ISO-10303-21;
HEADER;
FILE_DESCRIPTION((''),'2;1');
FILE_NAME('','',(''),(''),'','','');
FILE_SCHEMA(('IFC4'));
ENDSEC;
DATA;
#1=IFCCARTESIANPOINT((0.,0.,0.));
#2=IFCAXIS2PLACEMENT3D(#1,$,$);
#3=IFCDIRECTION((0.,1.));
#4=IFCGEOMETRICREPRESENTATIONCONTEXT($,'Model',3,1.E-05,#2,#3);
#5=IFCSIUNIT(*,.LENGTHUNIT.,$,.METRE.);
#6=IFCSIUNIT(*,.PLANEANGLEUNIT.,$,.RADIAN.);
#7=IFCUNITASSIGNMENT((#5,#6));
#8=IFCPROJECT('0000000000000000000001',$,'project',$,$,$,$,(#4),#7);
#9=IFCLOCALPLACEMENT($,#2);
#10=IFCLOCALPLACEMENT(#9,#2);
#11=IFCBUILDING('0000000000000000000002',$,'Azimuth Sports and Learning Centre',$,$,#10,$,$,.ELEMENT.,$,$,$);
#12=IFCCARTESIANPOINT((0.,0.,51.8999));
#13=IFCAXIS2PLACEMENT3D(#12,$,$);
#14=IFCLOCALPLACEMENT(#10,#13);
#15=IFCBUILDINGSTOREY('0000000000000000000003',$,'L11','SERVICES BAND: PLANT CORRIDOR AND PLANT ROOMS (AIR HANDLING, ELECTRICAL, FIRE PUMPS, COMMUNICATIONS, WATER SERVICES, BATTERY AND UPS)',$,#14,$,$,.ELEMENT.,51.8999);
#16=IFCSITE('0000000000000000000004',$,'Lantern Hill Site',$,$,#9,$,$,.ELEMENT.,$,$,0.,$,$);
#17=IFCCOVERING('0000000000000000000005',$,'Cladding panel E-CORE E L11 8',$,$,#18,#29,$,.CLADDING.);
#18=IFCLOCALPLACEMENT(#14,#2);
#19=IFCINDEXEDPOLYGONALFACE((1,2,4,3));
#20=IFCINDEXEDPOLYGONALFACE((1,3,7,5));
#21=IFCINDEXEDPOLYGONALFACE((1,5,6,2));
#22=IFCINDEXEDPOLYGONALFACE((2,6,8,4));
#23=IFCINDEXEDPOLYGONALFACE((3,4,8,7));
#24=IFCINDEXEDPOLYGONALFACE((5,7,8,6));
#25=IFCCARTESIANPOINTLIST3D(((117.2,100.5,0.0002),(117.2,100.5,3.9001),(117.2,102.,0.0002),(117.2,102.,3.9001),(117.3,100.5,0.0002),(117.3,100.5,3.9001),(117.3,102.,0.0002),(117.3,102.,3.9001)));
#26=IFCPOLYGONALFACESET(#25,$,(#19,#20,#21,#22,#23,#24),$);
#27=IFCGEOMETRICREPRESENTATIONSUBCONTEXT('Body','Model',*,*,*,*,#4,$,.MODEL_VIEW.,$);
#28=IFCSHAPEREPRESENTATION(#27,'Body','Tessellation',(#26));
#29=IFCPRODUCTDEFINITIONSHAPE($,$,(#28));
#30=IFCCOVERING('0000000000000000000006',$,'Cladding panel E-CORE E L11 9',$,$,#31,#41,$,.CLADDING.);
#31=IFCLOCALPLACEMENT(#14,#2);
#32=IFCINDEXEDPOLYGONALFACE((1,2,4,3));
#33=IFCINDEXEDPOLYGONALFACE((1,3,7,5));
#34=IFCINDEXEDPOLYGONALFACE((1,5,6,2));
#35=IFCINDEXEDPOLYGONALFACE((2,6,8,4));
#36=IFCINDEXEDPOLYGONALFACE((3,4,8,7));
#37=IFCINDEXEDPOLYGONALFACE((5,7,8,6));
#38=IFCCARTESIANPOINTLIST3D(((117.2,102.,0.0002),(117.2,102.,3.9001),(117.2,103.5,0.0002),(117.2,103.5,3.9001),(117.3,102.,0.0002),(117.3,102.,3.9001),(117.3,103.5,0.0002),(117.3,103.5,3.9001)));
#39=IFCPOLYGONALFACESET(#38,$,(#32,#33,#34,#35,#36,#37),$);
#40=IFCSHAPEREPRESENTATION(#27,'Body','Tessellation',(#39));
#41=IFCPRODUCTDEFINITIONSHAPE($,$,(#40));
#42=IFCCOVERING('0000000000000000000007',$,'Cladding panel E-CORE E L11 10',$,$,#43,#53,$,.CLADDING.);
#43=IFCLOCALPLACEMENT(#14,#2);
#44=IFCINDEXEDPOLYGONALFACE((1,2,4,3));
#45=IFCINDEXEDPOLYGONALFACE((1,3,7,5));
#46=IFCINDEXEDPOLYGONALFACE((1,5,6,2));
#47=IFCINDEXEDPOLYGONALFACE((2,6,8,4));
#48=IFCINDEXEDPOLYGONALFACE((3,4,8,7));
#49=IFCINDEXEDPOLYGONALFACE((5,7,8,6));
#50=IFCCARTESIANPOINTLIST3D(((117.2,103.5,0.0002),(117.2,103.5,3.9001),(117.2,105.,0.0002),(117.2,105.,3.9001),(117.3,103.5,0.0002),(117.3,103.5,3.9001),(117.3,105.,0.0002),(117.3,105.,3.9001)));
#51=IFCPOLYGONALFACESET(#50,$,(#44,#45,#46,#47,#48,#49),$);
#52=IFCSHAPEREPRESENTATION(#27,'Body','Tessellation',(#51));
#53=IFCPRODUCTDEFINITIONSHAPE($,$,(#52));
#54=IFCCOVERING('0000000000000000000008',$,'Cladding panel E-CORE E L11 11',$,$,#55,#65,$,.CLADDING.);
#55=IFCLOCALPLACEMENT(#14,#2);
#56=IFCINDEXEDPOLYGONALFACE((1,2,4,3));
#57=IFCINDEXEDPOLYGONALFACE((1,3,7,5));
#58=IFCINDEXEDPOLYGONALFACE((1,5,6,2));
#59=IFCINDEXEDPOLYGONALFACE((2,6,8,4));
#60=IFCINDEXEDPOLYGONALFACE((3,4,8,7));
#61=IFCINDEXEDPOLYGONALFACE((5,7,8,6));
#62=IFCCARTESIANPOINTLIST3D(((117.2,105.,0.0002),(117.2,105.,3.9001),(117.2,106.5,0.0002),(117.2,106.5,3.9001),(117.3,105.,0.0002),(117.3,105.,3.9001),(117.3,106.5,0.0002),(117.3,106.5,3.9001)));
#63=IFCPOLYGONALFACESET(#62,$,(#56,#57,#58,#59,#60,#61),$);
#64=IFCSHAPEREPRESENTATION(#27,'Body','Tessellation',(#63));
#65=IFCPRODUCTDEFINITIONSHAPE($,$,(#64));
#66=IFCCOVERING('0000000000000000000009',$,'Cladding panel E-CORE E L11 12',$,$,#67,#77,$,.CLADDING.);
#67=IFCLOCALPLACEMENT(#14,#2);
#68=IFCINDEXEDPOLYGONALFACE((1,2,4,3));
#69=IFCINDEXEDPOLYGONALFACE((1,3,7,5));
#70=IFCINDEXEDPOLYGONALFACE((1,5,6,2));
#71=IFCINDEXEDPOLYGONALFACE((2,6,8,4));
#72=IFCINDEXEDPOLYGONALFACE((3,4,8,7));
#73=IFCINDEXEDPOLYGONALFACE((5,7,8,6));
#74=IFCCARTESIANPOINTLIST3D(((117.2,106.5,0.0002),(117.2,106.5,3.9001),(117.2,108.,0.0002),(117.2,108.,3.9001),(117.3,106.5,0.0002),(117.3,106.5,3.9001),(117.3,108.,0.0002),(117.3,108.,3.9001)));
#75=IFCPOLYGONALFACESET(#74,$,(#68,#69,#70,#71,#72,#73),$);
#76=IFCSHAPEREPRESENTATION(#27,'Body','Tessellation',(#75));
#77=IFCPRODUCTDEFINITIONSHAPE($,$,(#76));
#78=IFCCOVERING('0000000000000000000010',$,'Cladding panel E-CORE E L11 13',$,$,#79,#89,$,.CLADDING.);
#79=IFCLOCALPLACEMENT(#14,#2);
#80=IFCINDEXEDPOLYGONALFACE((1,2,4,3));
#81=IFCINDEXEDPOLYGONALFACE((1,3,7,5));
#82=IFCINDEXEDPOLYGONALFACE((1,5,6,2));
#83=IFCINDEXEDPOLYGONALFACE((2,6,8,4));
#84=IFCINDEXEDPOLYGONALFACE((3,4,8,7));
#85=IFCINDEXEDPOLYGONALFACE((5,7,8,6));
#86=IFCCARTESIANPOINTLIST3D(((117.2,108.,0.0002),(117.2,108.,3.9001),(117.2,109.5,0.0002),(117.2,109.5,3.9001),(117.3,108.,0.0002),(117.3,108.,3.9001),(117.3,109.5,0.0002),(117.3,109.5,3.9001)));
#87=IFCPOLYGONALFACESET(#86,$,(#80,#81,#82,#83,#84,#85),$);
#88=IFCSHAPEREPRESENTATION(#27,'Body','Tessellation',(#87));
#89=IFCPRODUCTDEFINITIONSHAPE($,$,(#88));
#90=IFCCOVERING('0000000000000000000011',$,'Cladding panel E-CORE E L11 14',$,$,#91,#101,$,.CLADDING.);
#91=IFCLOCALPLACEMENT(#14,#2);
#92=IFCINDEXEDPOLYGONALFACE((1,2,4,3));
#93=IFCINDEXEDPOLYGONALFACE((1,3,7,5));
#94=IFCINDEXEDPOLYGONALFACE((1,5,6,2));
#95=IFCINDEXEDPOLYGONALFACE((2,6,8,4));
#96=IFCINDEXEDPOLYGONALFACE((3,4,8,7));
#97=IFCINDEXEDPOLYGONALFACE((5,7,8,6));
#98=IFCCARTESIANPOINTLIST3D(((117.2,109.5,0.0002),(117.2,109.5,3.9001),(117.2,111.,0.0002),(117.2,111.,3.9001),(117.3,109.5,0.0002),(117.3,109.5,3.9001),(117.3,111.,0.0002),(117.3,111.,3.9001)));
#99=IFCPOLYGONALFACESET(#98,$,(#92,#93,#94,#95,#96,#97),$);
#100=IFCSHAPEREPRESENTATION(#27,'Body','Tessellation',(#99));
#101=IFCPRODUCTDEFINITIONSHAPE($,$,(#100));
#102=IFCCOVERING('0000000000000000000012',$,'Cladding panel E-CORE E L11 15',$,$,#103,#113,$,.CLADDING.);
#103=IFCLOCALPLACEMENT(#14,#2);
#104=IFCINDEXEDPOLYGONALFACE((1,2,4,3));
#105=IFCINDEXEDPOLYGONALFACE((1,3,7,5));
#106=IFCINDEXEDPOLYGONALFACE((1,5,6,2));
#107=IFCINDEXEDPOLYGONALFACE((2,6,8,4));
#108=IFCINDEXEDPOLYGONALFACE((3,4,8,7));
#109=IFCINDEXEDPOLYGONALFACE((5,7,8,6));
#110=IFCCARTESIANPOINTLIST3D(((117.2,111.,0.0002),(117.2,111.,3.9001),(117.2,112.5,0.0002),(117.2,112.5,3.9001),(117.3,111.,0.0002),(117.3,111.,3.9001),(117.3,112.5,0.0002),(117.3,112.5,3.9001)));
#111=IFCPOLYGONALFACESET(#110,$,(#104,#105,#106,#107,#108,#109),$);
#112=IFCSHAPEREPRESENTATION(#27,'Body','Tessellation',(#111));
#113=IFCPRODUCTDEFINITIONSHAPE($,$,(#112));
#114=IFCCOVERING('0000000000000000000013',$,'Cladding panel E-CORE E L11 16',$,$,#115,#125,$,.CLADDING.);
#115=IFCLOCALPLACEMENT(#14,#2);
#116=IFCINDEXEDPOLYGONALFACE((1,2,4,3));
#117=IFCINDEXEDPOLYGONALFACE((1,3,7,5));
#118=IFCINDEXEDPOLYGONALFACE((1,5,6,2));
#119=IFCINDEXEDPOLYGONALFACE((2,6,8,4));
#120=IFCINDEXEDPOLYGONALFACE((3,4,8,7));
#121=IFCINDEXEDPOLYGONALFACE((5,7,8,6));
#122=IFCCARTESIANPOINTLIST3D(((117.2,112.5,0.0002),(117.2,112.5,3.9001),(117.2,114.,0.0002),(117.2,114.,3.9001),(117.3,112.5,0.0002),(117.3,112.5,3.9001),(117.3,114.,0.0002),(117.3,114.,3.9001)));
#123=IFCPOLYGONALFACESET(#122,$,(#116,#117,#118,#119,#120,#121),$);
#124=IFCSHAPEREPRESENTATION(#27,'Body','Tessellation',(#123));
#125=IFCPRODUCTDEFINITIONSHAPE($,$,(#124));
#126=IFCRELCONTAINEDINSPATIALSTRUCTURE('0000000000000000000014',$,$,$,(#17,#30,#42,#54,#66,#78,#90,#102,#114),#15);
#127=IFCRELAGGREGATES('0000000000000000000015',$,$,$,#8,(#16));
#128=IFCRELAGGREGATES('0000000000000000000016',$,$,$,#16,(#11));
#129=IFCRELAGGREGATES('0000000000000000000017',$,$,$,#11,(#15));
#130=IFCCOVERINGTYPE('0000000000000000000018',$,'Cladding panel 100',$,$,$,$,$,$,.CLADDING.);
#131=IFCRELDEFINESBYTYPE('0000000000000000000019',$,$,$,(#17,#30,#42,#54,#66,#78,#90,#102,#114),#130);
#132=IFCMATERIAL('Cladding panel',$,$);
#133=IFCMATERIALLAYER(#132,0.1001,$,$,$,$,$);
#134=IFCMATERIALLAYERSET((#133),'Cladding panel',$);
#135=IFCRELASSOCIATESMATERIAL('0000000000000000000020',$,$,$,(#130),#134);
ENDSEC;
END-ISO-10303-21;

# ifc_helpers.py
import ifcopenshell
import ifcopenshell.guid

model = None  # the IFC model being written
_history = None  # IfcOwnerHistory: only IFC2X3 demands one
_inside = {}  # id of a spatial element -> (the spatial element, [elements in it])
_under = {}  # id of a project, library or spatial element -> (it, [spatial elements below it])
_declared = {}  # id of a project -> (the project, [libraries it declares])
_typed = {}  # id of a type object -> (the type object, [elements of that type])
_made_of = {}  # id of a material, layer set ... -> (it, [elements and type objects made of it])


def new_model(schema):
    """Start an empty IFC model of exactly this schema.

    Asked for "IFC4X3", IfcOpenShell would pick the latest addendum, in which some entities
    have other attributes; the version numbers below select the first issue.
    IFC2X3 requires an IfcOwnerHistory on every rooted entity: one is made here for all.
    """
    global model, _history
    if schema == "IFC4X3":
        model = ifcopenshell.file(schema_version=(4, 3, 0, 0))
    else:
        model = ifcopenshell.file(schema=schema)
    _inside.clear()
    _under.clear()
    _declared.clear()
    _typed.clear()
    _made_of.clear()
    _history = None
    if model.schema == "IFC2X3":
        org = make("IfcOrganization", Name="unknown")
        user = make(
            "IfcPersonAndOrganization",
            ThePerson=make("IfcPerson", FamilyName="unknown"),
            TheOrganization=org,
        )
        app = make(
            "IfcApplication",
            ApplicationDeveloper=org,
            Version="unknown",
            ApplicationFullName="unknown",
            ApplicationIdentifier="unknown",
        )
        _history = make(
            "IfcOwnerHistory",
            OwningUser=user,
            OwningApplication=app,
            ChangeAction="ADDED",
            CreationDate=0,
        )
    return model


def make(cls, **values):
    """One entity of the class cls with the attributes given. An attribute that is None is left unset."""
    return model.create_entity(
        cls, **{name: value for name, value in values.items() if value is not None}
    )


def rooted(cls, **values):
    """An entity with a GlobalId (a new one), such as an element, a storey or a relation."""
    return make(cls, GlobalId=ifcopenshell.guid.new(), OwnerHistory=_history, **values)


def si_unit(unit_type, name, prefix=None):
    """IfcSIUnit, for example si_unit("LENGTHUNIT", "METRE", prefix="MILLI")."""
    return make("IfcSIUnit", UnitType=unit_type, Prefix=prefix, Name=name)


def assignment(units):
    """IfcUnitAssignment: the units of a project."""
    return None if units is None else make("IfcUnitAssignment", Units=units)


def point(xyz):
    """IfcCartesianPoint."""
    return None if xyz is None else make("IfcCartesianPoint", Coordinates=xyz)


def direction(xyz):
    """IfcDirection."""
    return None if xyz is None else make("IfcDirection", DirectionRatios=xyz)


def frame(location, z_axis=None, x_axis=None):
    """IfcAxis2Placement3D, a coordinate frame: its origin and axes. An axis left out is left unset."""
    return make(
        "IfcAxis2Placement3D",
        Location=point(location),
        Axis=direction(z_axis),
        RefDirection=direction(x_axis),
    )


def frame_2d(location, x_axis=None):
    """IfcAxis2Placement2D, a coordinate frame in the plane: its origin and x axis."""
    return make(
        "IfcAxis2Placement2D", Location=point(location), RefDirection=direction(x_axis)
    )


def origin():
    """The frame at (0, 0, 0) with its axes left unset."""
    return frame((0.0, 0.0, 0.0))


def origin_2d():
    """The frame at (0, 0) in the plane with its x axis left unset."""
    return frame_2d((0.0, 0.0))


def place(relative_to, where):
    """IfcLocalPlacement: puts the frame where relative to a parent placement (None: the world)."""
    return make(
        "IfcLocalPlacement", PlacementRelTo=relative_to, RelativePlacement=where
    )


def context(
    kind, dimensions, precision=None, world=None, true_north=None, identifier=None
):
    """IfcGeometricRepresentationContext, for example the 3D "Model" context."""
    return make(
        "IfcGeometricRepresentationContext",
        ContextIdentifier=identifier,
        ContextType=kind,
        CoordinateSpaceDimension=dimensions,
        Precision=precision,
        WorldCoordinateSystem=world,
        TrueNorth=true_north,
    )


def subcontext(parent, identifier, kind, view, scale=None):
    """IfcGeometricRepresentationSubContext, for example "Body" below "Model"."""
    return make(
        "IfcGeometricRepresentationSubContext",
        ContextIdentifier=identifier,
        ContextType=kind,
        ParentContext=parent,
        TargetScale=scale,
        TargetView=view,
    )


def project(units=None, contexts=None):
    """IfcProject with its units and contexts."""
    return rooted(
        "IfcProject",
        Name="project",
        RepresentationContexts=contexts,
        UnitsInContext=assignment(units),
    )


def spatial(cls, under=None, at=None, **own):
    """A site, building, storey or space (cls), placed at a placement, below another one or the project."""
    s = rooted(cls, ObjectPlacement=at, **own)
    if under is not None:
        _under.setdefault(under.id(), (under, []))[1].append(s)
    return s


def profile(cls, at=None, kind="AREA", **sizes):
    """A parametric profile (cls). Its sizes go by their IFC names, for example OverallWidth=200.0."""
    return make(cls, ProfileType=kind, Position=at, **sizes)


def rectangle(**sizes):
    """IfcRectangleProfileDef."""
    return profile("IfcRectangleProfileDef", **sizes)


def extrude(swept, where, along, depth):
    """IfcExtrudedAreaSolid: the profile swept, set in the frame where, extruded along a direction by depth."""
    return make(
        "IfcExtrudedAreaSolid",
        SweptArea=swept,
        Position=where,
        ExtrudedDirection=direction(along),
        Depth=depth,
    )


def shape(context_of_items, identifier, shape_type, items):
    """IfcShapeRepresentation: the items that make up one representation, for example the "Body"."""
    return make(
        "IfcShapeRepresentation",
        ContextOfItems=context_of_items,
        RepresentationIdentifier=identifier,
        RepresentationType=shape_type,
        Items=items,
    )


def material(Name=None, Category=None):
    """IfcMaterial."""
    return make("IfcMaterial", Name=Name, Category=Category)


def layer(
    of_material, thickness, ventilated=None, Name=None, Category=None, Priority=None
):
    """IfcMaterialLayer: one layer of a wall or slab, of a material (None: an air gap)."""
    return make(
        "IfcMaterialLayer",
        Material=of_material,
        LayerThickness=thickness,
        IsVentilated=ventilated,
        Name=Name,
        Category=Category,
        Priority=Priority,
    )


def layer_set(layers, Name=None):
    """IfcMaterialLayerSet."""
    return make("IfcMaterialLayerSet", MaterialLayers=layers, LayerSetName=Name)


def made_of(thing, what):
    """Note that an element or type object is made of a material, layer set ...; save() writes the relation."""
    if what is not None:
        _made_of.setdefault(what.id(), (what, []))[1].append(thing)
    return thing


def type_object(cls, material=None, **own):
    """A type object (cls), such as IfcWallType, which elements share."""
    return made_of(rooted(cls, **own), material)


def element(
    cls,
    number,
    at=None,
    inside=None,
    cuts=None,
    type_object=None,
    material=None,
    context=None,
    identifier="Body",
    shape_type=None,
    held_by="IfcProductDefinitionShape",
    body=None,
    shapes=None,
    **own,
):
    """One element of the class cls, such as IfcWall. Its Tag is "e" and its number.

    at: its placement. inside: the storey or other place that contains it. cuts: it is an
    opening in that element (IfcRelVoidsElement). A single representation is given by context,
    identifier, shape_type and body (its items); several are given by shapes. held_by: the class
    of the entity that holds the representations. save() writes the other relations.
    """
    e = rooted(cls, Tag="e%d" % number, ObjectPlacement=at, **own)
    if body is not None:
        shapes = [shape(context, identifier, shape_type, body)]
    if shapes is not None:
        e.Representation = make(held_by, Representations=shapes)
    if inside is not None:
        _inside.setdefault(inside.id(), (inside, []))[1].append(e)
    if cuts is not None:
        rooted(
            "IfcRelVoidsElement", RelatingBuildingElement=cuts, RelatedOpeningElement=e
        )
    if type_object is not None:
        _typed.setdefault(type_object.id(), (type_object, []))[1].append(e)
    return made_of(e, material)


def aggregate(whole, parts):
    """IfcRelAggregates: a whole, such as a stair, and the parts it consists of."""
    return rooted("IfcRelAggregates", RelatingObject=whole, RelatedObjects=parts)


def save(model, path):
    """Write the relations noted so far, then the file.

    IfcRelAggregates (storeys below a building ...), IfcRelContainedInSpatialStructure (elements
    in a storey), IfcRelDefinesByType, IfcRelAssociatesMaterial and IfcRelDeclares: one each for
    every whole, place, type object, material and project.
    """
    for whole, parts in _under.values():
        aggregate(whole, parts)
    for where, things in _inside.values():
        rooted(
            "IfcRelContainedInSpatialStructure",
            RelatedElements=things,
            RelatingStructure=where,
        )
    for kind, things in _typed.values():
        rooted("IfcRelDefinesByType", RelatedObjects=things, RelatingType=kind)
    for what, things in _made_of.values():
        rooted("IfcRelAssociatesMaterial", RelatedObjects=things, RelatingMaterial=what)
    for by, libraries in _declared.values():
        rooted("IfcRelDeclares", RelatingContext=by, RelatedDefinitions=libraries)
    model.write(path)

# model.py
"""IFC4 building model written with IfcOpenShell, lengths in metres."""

from ifc_helpers import new_model, si_unit, direction, frame, origin, origin_2d, place, context, subcontext, project, spatial, rectangle, extrude, material, layer, layer_set, type_object, element, save


model = new_model("IFC4")

# Units and contexts
model_context = context("Model", 3, precision=1e-05, world=origin(), true_north=direction((0.0, 1.0)))
body_context = subcontext(model_context, "Body", "Model", "MODEL_VIEW")
ifc_project = project(units=[si_unit("LENGTHUNIT", "METRE"), si_unit("PLANEANGLEUNIT", "RADIAN")], contexts=[model_context])

# Site, building, storey
site_placement = place(None, origin())
site = spatial("IfcSite", under=ifc_project, at=site_placement, Name="Lantern Hill Site", CompositionType="ELEMENT", RefElevation=0.0)
building_placement = place(site_placement, origin())
building = spatial("IfcBuilding", under=site, at=building_placement, Name="Azimuth Sports and Learning Centre", CompositionType="ELEMENT")
storey_placement = place(building_placement, frame((0.0, 0.0, 51.8999)))
storey = spatial("IfcBuildingStorey", under=building, at=storey_placement, Name="L11", Description="SERVICES BAND: PLANT CORRIDOR AND PLANT ROOMS (AIR HANDLING, ELECTRICAL, FIRE PUMPS, COMMUNICATIONS, WATER SERVICES, BATTERY AND UPS)", CompositionType="ELEMENT", Elevation=51.8999)

# Coverings
ifc_material_1 = material(Name="Cladding panel")
ifc_layer_1 = layer(ifc_material_1, 0.1001)
ifc_layer_set_1 = layer_set([ifc_layer_1], Name="Cladding panel")
covering_type = type_object("IfcCoveringType", Name="Cladding panel 100", PredefinedType="CLADDING", material=ifc_layer_set_1)
for number, where, z_axis, x_axis, name in (
    (1, (117.25, 101.25, 0.0002), (0.0, 0.0, 1.0), (0.0, 1.0, 0.0), "Cladding panel E-CORE E L11 8"),
    (2, (117.25, 102.75, 0.0002), (0.0, 0.0, 1.0), (0.0, 1.0, 0.0), "Cladding panel E-CORE E L11 9"),
    (3, (117.25, 104.25, 0.0002), (0.0, 0.0, 1.0), (0.0, 1.0, 0.0), "Cladding panel E-CORE E L11 10"),
    (4, (117.25, 105.75, 0.0002), (0.0, 0.0, 1.0), (0.0, 1.0, 0.0), "Cladding panel E-CORE E L11 11"),
    (5, (117.25, 107.25, 0.0002), (0.0, 0.0, 1.0), (0.0, 1.0, 0.0), "Cladding panel E-CORE E L11 12"),
    (6, (117.25, 108.75, 0.0002), (0.0, 0.0, 1.0), (0.0, 1.0, 0.0), "Cladding panel E-CORE E L11 13"),
    (7, (117.25, 110.25, 0.0002), (0.0, 0.0, 1.0), (0.0, 1.0, 0.0), "Cladding panel E-CORE E L11 14"),
    (8, (117.25, 111.75, 0.0002), (0.0, 0.0, 1.0), (0.0, 1.0, 0.0), "Cladding panel E-CORE E L11 15"),
    (9, (117.25, 113.25, 0.0002), (0.0, 0.0, 1.0), (0.0, 1.0, 0.0), "Cladding panel E-CORE E L11 16"),
):
    element("IfcCovering", number, at=place(storey_placement, frame(where, z_axis=z_axis, x_axis=x_axis)), inside=storey, type_object=covering_type, Name=name, PredefinedType="CLADDING", context=body_context, shape_type="SweptSolid", body=[
        extrude(rectangle(XDim=1.5, YDim=0.1001, at=origin_2d()), origin(), (0.0, 0.0, 1.0), 3.8999),
    ])

save(model, "model.ifc")
